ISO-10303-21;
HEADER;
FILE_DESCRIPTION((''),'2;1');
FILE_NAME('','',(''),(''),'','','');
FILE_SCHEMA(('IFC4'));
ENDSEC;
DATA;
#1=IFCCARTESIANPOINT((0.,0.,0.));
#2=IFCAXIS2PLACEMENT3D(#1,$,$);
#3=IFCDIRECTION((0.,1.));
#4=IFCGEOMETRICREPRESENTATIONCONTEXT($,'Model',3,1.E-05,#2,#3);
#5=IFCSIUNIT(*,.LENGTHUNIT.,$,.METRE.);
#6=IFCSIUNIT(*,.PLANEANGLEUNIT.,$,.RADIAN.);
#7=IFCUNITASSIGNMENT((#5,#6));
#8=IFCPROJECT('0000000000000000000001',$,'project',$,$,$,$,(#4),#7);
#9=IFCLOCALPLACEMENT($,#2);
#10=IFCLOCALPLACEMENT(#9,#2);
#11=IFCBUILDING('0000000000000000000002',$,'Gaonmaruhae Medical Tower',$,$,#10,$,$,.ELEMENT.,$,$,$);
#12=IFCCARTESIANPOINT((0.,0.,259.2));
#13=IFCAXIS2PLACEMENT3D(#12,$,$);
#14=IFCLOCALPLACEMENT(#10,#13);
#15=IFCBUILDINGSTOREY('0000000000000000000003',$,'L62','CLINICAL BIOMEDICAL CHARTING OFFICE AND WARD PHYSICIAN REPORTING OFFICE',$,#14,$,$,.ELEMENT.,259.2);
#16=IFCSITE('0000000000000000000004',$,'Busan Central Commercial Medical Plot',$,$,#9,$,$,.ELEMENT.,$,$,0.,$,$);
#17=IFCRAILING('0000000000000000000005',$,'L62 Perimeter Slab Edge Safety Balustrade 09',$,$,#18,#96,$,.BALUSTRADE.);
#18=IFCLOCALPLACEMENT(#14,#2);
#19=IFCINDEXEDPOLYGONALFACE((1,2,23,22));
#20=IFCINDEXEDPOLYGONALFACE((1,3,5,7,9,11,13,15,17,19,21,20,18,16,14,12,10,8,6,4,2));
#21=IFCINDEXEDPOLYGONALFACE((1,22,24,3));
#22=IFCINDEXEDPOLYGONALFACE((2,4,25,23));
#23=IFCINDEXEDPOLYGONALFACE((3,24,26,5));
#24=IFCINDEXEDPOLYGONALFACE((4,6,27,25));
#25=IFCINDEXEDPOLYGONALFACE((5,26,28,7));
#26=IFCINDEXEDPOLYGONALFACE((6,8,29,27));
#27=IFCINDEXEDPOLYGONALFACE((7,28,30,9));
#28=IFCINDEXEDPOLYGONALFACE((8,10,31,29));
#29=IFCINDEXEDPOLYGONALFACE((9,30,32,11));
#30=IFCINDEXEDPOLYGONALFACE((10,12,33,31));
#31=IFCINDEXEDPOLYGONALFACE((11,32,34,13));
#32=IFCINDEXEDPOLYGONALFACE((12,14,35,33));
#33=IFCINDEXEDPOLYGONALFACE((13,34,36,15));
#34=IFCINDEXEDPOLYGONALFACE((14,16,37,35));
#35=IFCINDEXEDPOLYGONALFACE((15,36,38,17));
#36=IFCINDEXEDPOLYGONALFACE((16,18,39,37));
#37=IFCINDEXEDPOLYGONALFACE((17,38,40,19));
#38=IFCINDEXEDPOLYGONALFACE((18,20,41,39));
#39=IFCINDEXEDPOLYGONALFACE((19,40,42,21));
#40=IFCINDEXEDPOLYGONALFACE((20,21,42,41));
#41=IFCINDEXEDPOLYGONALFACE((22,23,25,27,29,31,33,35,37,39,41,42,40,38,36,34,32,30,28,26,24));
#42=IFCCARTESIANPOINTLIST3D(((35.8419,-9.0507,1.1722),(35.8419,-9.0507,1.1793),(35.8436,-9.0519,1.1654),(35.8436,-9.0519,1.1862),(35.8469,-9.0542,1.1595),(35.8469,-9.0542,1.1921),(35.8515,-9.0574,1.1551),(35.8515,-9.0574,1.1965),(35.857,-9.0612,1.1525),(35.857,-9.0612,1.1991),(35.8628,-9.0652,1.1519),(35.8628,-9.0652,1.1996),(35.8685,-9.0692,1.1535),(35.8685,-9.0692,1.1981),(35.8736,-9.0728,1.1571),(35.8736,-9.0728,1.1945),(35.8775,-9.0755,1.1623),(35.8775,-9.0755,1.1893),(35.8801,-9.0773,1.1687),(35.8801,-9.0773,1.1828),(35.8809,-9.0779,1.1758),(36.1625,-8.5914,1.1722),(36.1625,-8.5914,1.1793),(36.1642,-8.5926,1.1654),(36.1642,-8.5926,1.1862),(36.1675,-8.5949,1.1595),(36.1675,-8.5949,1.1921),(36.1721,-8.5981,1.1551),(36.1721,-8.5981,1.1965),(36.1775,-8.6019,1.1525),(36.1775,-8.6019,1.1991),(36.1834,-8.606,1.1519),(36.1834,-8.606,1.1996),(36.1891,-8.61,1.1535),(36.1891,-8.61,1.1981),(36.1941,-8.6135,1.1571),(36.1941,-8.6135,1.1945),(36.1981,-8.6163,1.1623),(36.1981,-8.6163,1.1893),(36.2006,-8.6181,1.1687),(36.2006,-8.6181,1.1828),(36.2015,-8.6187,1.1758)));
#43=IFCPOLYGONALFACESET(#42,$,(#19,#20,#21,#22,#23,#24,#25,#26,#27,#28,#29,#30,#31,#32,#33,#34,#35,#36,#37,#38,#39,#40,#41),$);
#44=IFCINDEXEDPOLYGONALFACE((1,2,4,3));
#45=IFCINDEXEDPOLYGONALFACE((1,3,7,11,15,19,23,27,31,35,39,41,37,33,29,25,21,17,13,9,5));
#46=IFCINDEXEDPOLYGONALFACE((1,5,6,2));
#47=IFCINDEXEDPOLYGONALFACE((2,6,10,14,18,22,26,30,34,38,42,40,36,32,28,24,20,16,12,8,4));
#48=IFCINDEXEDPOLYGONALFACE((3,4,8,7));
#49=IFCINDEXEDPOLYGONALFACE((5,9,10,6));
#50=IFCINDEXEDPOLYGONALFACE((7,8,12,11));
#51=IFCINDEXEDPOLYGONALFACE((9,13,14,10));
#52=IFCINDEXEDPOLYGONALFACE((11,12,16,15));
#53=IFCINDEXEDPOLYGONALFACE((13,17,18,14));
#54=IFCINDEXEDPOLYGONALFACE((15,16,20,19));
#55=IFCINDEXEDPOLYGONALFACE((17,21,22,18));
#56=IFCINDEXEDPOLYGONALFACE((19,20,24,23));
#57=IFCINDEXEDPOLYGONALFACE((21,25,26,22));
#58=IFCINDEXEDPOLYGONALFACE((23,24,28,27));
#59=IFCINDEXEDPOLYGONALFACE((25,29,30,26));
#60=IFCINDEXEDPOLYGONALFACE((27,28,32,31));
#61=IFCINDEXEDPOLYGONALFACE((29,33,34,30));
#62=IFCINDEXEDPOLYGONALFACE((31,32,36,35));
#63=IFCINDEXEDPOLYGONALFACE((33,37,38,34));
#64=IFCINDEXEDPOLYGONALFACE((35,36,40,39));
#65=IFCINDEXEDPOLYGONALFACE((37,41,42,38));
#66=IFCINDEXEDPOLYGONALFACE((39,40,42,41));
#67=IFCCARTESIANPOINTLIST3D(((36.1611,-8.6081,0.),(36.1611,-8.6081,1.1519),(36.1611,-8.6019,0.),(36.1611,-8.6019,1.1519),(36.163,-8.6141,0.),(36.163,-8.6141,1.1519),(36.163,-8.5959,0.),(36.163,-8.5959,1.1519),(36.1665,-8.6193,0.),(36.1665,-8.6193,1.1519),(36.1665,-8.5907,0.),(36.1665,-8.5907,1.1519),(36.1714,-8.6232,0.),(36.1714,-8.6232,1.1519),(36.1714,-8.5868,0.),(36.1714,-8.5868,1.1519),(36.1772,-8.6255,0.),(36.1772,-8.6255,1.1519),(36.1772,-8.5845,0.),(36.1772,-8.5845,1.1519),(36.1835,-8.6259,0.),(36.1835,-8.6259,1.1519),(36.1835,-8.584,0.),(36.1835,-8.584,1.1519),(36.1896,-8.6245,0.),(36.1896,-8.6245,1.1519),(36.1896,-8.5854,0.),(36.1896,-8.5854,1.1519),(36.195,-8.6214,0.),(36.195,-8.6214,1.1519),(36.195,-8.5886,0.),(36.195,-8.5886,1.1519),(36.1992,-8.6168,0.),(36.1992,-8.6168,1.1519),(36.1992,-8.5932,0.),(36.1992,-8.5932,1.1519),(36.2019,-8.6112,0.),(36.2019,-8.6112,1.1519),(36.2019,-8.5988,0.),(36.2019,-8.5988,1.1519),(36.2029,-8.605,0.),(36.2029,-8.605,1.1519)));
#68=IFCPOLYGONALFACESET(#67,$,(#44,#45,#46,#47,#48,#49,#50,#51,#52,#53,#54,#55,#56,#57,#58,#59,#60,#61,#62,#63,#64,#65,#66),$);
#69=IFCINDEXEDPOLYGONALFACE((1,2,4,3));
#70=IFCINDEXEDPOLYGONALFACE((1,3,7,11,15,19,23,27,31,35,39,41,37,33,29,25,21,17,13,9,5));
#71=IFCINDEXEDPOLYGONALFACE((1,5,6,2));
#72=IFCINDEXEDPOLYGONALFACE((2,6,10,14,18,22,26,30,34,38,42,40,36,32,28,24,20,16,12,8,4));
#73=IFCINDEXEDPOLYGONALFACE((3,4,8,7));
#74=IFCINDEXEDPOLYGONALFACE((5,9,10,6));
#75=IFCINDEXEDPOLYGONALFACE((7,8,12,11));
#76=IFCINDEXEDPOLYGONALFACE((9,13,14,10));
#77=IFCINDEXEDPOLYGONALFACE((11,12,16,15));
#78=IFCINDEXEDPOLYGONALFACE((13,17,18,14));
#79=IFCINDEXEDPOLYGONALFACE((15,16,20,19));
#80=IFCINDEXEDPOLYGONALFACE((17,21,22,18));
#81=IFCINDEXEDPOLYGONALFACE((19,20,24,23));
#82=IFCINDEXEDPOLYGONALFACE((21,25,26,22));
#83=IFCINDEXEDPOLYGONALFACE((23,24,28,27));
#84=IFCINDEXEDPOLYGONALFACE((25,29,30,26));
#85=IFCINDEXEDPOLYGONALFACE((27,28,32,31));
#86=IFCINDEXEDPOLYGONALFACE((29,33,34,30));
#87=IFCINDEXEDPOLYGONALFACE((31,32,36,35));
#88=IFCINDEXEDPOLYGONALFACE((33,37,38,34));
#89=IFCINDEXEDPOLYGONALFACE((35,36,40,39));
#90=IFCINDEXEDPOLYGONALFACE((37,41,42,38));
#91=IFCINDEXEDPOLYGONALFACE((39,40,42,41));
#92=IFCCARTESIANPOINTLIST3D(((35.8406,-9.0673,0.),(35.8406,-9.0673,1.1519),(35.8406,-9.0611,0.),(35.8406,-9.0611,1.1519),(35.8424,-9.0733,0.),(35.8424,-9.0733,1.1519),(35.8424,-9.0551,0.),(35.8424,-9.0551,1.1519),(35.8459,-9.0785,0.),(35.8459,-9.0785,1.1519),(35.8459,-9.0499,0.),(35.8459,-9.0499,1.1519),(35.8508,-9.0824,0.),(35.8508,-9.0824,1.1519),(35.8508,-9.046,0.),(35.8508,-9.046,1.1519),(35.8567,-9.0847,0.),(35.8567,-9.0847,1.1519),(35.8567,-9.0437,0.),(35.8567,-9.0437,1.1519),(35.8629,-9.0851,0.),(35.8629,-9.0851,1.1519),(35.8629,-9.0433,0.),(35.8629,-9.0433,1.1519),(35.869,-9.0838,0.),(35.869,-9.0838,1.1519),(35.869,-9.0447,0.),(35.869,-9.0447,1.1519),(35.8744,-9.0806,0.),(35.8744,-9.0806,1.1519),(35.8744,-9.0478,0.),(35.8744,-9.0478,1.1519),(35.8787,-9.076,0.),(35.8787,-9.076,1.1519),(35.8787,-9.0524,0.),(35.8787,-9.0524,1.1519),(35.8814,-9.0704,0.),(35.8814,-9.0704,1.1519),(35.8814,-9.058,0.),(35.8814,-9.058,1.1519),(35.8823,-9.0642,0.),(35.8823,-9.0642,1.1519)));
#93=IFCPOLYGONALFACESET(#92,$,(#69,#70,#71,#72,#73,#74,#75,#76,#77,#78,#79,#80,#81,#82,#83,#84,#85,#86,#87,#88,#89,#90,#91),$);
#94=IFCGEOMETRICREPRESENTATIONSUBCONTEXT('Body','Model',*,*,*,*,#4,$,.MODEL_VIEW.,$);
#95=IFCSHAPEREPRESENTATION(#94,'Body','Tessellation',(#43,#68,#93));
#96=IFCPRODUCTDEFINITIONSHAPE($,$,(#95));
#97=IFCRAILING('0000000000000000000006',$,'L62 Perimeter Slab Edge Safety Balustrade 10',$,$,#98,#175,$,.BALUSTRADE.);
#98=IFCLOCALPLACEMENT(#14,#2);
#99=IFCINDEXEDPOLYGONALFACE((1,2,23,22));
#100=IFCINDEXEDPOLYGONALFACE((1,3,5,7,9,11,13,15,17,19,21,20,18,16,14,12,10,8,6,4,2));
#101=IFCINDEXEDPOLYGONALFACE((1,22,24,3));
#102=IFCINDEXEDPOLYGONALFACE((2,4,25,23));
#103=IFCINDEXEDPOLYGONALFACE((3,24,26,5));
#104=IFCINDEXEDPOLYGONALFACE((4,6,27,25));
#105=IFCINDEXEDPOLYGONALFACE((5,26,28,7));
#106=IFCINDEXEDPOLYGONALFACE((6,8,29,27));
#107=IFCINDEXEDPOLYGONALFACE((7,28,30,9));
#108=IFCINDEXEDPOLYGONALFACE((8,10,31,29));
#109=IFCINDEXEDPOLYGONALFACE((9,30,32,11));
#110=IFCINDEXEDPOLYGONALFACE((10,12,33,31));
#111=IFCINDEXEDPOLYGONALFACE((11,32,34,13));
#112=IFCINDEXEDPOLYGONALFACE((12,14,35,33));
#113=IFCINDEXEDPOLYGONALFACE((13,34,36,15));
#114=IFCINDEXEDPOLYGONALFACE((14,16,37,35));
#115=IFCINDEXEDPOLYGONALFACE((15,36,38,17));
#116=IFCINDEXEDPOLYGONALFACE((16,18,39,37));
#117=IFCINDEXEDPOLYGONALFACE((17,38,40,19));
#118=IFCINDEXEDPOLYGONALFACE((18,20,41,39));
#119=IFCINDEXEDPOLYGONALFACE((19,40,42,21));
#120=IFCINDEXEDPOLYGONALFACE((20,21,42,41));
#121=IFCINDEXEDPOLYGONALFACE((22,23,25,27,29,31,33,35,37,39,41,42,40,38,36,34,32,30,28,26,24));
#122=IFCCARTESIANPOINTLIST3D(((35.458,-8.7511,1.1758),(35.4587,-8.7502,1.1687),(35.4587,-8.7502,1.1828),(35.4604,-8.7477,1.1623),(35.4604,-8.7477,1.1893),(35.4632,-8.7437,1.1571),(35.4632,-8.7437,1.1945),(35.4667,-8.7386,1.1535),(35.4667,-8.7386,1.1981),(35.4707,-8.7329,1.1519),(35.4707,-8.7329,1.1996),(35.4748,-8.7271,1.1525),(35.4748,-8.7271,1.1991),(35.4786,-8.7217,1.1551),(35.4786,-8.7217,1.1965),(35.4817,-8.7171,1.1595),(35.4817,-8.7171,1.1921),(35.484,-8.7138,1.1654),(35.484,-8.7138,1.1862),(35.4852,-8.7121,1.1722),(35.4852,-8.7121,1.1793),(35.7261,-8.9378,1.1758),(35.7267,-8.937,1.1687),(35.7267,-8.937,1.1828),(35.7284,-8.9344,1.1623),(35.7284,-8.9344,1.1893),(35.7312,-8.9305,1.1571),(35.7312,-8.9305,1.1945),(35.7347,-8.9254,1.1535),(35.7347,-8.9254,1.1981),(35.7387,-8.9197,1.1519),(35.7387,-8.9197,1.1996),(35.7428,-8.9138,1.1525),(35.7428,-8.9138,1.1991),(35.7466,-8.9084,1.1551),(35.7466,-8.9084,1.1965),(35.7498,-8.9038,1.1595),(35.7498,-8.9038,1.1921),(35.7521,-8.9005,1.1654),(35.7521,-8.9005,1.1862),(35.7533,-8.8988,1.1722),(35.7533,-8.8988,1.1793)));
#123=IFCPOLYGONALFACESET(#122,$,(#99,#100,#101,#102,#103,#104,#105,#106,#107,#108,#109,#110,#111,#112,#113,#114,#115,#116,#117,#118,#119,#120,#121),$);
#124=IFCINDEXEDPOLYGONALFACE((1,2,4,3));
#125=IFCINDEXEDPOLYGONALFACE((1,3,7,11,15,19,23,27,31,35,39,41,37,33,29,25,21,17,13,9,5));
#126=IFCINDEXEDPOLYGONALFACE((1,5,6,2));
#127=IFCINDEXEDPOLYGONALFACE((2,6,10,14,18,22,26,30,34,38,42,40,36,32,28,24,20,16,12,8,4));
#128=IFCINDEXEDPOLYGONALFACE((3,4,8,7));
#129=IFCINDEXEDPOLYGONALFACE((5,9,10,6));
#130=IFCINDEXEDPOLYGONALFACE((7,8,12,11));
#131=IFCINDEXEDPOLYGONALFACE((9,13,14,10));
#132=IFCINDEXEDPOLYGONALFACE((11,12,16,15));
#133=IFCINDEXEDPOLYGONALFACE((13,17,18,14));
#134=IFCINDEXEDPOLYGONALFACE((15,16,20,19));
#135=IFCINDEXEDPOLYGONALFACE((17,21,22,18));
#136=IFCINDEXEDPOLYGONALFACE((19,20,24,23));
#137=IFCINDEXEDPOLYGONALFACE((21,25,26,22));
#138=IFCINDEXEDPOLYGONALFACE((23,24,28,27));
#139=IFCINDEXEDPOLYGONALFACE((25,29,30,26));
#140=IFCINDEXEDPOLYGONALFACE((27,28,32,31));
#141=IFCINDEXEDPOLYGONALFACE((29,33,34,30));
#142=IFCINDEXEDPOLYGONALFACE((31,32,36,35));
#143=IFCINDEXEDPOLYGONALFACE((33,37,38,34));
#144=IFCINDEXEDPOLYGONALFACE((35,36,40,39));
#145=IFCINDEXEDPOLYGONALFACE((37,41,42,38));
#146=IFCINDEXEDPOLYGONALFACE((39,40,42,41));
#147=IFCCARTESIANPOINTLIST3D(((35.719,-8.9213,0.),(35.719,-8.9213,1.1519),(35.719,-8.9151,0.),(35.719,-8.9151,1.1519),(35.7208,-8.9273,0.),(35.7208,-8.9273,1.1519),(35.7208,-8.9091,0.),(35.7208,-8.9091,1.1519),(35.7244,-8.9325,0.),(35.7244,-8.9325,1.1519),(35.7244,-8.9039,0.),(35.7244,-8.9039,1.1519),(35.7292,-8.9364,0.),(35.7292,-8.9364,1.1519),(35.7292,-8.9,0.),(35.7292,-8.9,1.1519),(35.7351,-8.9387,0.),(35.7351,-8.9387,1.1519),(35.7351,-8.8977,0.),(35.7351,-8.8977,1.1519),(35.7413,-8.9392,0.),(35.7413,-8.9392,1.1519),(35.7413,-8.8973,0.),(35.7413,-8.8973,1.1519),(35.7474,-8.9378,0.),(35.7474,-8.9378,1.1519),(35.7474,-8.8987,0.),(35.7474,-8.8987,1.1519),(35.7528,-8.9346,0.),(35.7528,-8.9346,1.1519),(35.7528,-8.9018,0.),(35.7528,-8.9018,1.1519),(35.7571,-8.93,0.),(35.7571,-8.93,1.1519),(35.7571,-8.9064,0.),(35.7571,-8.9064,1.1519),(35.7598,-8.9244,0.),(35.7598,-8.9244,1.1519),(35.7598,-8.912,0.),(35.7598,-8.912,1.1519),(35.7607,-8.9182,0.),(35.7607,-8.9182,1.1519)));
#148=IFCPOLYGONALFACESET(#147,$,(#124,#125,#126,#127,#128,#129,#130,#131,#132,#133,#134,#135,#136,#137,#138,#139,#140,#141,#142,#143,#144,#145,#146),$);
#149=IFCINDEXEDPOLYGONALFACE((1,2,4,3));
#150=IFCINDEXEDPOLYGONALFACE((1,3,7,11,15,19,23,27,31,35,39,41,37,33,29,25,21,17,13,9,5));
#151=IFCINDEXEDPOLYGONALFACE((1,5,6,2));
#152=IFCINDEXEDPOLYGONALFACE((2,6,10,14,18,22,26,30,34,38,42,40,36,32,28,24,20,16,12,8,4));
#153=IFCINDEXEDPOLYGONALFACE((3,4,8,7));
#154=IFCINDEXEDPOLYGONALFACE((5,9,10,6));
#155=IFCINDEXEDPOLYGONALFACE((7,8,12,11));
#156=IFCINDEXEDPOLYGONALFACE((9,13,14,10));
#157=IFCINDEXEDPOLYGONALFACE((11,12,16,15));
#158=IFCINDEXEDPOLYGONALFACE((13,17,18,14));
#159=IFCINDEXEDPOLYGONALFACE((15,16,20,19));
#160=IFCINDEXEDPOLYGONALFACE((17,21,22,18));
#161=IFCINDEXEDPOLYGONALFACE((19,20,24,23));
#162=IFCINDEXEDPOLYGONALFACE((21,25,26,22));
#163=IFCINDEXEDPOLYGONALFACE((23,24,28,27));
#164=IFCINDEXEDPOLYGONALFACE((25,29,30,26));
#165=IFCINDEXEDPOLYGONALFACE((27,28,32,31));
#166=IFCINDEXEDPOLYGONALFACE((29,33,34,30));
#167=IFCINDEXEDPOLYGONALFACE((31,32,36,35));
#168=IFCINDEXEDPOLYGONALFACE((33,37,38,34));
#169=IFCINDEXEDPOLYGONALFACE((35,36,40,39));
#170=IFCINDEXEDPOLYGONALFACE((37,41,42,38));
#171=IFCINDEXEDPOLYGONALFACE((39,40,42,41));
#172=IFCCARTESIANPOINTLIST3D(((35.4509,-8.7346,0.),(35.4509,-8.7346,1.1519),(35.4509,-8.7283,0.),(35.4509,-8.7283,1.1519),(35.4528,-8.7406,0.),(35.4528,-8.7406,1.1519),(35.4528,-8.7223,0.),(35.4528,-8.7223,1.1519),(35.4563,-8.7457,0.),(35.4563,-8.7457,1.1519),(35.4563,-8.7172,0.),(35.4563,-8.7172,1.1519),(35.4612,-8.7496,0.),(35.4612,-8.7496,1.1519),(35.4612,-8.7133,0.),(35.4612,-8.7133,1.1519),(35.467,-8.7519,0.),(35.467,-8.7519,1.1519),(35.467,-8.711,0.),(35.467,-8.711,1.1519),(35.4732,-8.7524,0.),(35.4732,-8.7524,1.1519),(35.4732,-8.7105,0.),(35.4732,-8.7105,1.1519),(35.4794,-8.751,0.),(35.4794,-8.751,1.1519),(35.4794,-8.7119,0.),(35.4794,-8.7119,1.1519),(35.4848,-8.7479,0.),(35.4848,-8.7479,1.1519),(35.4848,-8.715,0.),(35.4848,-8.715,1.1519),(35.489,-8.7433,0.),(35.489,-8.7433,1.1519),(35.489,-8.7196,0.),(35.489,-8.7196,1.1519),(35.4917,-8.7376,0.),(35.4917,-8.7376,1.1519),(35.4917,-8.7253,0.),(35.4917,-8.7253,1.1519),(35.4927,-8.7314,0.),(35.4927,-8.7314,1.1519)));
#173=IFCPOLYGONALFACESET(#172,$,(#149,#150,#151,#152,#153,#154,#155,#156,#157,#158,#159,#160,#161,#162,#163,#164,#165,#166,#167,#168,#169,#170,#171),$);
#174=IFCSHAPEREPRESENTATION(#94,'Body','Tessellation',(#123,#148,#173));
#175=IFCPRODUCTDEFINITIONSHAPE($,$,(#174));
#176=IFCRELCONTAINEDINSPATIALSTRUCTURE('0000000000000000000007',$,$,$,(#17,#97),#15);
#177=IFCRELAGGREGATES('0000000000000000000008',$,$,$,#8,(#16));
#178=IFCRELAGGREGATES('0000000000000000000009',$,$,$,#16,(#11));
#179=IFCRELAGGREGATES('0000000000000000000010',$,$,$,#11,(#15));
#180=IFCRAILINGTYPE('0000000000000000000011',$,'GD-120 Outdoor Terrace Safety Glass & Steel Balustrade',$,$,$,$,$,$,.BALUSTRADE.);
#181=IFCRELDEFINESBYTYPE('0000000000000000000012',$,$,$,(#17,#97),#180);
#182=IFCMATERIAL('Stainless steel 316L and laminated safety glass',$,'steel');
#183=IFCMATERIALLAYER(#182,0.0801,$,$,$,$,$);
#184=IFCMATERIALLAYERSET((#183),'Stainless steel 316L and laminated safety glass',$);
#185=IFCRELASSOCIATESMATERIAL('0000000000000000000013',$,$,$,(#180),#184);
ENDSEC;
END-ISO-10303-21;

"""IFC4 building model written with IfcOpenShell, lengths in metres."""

from ifc_helpers import new_model, si_unit, direction, frame, origin, origin_2d, place, context, subcontext, project, spatial, circle, extrude, material, layer, layer_set, type_object, element, save


model = new_model("IFC4")

# Units and contexts
model_context = context("Model", 3, precision=1e-05, world=origin(), true_north=direction((0.0, 1.0)))
body_context = subcontext(model_context, "Body", "Model", "MODEL_VIEW")
ifc_project = project(units=[si_unit("LENGTHUNIT", "METRE"), si_unit("PLANEANGLEUNIT", "RADIAN")], contexts=[model_context])

# Site, building, storey
site_placement = place(None, origin())
site = spatial("IfcSite", under=ifc_project, at=site_placement, Name="Busan Central Commercial Medical Plot", CompositionType="ELEMENT", RefElevation=0.0)
building_placement = place(site_placement, origin())
building = spatial("IfcBuilding", under=site, at=building_placement, Name="Gaonmaruhae Medical Tower", CompositionType="ELEMENT")
storey_placement = place(building_placement, frame((0.0, 0.0, 259.2)))
storey = spatial("IfcBuildingStorey", under=building, at=storey_placement, Name="L62", Description="CLINICAL BIOMEDICAL CHARTING OFFICE AND WARD PHYSICIAN REPORTING OFFICE", CompositionType="ELEMENT", Elevation=259.2)

# Railings
ifc_material_1 = material(Name="Stainless steel 316L and laminated safety glass", Category="steel")
ifc_layer_1 = layer(ifc_material_1, 0.0801)
ifc_layer_set_1 = layer_set([ifc_layer_1], Name="Stainless steel 316L and laminated safety glass")
railing_type = type_object("IfcRailingType", Name="GD-120 Outdoor Terrace Safety Glass & Steel Balustrade", PredefinedType="BALUSTRADE", material=ifc_layer_set_1)
railing_1_placement = place(storey_placement, frame((36.1819, -8.605, 0.0)))
element("IfcRailing", 1, at=railing_1_placement, inside=storey, type_object=railing_type, Name="L62 Perimeter Slab Edge Safety Balustrade 09", PredefinedType="BALUSTRADE", context=body_context, shape_type="SweptSolid", body=[
    extrude(circle(Radius=0.0239, at=origin_2d()), frame((0.0, 0.0, 1.1758), z_axis=(-0.572379, -0.819989, 0.0), x_axis=(0.819989, -0.572379, 0.0)), (0.0, 0.0, 1.0), 0.5601),
    extrude(circle(Radius=0.021, at=origin_2d()), origin(), (0.0, 0.0, 1.0), 1.1519),
    extrude(circle(Radius=0.021, at=origin_2d()), frame((-0.3206, -0.4592, 0.0)), (0.0, 0.0, 1.0), 1.1519),
])
railing_2_placement = place(storey_placement, frame((35.7397, -8.9182, 0.0)))
element("IfcRailing", 2, at=railing_2_placement, inside=storey, type_object=railing_type, Name="L62 Perimeter Slab Edge Safety Balustrade 10", PredefinedType="BALUSTRADE", context=body_context, shape_type="SweptSolid", body=[
    extrude(circle(Radius=0.0239, at=origin_2d()), frame((0.0, 0.0, 1.1758), z_axis=(-0.820494, 0.571655, 0.0), x_axis=(-0.571655, -0.820494, 0.0)), (0.0, 0.0, 1.0), 0.3267),
    extrude(circle(Radius=0.021, at=origin_2d()), origin(), (0.0, 0.0, 1.0), 1.1519),
    extrude(circle(Radius=0.021, at=origin_2d()), frame((-0.2681, 0.1868, 0.0)), (0.0, 0.0, 1.0), 1.1519),
])

save(model, "model.ifc")
